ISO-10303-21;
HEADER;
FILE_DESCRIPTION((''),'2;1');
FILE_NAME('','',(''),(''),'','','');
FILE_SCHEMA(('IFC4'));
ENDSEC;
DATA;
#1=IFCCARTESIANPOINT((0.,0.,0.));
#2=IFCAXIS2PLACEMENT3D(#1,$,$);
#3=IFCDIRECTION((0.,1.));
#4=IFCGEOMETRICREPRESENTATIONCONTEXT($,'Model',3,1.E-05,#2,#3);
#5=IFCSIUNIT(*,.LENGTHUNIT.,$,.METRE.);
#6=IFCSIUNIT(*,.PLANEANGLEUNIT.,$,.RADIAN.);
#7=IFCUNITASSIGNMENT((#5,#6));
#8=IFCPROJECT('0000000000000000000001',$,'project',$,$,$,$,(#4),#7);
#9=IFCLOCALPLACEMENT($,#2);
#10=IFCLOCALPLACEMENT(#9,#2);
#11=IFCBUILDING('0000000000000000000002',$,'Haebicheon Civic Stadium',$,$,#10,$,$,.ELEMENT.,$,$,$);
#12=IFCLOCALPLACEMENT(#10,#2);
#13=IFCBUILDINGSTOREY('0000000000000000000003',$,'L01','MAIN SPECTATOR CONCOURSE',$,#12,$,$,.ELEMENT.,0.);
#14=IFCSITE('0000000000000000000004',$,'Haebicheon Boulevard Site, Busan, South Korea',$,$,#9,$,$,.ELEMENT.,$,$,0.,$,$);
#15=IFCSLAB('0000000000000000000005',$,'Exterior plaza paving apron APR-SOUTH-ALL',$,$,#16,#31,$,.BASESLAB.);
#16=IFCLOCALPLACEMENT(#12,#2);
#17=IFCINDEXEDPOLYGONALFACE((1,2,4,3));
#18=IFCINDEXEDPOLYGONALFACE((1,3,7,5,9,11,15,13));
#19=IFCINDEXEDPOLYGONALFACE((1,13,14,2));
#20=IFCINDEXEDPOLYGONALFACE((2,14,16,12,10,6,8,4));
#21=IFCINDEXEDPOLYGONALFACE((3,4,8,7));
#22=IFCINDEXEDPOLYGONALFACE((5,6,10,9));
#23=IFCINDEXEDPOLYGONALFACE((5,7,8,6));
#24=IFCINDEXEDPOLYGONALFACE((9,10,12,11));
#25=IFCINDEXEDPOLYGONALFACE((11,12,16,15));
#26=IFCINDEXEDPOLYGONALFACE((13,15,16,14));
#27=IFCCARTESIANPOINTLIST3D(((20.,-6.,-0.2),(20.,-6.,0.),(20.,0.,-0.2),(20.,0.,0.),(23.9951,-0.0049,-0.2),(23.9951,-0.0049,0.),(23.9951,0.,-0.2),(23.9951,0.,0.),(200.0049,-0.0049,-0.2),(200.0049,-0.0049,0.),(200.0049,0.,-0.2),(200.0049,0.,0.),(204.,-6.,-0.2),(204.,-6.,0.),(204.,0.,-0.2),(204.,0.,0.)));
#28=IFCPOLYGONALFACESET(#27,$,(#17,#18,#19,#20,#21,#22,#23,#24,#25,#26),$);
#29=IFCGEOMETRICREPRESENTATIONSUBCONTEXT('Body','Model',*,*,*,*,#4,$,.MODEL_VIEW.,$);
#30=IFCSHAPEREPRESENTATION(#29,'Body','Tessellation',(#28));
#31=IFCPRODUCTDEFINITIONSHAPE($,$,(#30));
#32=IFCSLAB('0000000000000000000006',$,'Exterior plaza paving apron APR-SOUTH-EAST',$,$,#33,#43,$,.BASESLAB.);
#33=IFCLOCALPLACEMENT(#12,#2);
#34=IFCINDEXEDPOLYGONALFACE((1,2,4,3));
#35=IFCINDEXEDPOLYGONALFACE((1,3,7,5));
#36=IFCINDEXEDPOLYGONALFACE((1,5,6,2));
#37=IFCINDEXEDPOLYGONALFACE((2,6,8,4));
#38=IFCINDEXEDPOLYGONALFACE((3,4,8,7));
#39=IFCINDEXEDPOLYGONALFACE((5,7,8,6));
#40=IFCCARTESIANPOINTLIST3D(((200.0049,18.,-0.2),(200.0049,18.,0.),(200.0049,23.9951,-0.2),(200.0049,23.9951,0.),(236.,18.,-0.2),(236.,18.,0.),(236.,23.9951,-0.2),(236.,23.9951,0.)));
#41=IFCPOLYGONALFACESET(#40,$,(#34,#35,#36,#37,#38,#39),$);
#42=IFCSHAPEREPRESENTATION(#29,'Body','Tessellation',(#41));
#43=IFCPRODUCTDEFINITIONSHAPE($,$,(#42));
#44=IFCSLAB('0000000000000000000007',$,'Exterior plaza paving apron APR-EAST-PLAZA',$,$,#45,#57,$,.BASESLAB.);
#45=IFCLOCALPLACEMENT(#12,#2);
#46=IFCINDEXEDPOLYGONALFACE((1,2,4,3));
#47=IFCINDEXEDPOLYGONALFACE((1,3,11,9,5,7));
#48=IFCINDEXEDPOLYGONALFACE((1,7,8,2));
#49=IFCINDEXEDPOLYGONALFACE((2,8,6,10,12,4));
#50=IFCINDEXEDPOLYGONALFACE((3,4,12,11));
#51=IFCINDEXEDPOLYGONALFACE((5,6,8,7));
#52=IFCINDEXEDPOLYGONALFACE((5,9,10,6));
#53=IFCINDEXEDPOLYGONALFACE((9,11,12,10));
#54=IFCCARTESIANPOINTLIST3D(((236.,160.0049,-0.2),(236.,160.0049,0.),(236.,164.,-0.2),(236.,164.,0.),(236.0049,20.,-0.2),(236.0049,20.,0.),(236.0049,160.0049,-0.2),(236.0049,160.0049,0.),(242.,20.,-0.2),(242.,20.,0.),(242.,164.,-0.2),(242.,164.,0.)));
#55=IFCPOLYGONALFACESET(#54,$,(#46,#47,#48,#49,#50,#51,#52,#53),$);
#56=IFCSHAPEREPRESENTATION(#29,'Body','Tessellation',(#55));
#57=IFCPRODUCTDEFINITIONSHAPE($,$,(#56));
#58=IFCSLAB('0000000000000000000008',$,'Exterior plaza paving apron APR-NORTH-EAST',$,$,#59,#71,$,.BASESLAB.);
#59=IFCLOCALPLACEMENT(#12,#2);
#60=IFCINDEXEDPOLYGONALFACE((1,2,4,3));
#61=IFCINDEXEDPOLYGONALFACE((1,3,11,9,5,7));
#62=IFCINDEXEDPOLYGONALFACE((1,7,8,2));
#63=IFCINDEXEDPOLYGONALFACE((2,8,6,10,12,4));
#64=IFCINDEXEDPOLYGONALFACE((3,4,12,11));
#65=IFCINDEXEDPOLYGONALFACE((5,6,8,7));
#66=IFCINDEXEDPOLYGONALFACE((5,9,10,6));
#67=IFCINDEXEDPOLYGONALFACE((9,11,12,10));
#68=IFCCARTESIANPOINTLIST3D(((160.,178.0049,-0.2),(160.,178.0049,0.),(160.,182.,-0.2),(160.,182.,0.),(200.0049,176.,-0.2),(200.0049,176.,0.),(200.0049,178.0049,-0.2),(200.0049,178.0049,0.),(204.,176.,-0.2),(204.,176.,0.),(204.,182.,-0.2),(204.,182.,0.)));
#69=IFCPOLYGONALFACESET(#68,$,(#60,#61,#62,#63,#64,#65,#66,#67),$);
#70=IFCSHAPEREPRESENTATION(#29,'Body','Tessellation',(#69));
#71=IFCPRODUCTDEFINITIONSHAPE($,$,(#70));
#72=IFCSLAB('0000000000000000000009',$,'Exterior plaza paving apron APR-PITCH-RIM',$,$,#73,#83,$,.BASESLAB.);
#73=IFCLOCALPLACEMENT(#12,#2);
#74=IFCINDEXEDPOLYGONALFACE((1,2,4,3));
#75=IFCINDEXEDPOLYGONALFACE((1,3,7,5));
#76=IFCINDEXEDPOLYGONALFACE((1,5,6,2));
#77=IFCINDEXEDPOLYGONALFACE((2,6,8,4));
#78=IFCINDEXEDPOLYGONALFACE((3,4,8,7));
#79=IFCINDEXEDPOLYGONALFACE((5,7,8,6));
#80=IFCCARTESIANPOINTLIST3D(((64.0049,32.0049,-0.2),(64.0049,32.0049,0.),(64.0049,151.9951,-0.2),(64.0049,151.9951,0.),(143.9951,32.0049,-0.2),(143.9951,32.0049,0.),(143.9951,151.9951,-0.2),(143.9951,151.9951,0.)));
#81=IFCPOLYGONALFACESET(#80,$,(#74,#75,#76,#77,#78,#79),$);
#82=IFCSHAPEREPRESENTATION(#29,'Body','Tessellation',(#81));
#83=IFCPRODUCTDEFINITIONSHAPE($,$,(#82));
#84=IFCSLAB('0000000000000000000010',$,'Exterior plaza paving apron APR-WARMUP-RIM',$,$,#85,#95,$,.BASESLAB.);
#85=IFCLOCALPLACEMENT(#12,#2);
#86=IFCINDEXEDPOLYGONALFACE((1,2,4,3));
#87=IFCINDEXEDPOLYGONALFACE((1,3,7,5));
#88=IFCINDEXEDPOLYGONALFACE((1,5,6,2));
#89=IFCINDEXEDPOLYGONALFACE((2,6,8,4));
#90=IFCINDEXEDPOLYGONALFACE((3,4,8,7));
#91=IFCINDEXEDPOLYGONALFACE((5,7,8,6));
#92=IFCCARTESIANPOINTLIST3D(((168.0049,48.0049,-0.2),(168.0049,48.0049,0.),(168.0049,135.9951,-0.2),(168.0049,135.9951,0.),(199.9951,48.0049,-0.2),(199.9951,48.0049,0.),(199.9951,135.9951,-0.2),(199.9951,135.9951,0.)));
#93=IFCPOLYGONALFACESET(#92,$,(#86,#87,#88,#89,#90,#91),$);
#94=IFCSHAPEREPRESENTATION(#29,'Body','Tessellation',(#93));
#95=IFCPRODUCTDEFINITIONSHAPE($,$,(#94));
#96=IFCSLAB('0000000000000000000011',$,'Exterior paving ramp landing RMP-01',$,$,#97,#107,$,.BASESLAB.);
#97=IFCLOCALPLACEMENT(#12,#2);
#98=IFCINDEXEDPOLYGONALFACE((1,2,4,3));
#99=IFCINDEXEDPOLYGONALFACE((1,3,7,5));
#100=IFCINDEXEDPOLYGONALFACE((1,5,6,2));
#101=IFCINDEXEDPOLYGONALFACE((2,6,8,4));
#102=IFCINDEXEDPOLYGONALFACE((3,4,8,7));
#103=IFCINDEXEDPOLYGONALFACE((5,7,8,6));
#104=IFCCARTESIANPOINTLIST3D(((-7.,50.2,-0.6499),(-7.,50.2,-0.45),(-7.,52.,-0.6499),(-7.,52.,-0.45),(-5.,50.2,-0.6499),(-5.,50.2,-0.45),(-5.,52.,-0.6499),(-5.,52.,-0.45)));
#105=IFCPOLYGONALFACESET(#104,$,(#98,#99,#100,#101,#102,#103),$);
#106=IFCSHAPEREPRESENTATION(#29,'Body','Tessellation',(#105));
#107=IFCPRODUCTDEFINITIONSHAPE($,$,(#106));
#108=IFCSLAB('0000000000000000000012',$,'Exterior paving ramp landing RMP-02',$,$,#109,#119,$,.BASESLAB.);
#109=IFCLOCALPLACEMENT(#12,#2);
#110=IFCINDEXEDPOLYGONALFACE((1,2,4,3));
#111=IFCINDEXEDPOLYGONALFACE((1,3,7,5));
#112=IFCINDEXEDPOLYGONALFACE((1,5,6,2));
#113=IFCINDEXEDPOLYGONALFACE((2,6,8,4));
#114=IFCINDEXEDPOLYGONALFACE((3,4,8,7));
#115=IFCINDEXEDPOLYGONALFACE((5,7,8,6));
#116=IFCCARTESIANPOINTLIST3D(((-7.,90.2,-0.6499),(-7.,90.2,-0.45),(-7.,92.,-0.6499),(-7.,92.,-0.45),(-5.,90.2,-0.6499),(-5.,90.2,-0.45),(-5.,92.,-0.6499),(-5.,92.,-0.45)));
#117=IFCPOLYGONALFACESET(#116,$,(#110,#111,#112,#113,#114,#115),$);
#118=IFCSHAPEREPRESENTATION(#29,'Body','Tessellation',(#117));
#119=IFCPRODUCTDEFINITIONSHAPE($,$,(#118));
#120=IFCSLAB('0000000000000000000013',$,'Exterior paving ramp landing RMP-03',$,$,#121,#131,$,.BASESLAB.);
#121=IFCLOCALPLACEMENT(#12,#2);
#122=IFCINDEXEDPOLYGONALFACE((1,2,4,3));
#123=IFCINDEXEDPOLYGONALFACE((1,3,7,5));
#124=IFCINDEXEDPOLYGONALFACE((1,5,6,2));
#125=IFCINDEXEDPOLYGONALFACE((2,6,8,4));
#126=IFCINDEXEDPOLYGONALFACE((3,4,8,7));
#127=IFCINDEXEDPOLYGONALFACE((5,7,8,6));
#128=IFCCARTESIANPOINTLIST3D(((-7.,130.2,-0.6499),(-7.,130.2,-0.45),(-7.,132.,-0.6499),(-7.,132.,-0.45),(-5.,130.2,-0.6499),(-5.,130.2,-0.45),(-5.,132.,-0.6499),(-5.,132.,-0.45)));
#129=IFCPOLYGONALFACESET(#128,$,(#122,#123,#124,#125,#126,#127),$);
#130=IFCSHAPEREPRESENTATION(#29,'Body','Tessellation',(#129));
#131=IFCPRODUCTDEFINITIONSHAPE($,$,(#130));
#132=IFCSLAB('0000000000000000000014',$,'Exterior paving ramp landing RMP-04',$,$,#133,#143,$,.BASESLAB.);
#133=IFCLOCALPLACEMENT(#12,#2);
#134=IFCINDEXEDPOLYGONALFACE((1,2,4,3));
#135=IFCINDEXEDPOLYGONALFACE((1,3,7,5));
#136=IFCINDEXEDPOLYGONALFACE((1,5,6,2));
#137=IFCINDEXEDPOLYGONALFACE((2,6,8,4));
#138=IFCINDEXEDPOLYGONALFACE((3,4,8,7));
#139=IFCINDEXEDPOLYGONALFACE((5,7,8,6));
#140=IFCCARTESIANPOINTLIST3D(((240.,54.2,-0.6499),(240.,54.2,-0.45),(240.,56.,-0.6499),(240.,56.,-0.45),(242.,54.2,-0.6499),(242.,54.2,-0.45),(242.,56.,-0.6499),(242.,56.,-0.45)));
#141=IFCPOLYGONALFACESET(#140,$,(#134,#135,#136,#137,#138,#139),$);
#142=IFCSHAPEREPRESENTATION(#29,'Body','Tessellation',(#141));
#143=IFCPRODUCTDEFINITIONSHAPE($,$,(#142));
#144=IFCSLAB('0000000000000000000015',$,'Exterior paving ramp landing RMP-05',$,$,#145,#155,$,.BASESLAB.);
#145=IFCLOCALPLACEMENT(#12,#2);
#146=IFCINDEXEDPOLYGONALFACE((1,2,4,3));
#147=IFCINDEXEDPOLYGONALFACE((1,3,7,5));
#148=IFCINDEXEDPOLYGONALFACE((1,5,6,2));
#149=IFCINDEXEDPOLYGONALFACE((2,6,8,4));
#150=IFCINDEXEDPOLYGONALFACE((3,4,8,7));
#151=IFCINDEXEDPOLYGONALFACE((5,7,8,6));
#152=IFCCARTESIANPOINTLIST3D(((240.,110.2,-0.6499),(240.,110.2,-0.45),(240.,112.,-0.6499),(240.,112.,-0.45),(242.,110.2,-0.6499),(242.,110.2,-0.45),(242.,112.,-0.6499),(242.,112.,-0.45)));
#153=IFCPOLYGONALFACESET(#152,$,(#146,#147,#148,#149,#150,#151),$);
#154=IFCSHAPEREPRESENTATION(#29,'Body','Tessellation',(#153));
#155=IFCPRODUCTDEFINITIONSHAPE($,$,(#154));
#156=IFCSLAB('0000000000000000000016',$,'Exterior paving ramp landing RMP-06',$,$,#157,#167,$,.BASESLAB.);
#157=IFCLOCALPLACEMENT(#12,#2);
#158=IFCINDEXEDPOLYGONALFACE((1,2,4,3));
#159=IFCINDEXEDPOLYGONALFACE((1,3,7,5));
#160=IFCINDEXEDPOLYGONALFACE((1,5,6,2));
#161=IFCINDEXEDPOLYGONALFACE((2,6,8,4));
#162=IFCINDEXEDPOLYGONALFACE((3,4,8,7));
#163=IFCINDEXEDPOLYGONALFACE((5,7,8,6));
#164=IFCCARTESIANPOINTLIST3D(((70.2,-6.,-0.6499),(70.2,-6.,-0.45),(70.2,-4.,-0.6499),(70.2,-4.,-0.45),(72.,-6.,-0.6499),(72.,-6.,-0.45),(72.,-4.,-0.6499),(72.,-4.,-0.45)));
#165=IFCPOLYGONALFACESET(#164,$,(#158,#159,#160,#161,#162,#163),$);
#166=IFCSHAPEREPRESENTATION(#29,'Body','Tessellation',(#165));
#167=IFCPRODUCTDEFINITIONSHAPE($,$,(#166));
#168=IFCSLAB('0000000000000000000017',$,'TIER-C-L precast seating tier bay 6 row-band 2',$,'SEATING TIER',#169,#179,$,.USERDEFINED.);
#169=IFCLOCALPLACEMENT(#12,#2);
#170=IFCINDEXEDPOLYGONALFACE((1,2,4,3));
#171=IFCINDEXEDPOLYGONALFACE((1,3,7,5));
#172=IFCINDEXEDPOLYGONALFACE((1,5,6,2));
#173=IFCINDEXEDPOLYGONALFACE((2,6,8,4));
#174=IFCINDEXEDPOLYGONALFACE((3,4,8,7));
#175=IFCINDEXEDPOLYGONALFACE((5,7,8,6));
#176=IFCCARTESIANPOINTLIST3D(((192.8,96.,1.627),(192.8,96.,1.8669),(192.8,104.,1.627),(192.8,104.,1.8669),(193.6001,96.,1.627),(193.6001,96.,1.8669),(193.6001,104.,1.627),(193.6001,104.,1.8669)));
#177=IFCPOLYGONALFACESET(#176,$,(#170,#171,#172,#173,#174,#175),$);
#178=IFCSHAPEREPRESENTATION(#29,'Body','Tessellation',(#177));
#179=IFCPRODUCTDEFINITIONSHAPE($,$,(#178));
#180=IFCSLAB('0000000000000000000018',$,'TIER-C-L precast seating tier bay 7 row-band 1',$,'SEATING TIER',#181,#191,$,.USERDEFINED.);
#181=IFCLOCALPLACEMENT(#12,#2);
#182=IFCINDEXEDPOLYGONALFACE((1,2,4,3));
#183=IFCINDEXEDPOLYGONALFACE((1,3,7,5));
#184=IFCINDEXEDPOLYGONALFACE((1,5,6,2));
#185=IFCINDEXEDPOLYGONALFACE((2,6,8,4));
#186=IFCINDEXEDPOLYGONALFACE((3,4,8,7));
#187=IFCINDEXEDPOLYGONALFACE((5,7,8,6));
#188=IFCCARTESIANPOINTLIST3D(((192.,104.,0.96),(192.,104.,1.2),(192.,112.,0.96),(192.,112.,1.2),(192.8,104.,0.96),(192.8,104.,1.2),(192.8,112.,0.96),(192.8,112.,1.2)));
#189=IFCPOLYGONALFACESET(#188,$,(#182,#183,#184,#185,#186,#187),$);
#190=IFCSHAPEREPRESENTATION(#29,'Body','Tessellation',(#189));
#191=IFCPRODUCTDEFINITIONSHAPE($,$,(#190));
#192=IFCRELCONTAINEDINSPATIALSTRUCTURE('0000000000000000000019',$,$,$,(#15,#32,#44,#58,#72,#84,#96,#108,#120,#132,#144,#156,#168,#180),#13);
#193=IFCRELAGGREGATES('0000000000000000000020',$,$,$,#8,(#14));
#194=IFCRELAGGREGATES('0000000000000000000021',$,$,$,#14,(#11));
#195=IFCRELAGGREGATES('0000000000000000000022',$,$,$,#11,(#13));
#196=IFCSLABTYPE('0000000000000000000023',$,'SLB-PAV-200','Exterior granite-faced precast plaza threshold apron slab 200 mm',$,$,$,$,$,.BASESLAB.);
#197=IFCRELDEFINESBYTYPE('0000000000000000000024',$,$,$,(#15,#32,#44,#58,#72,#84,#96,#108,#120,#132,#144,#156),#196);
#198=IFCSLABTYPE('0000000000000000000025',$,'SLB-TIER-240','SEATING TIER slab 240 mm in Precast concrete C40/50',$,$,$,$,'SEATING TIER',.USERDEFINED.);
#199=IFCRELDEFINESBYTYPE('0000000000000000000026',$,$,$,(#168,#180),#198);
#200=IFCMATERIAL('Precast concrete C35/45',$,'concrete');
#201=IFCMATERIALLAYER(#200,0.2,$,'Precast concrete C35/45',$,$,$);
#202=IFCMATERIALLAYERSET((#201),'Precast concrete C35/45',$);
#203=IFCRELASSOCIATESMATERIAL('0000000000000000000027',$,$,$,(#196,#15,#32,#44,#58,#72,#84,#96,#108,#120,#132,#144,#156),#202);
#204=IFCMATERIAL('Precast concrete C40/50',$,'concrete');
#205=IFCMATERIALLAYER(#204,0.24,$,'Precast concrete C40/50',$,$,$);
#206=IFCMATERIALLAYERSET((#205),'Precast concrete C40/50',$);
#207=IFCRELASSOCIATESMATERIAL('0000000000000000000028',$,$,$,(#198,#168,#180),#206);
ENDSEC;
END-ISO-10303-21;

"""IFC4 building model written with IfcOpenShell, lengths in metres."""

from ifc_helpers import new_model, si_unit, direction, frame, origin, place, context, subcontext, project, spatial, polyline, outline, extrude, material, layer, layer_set, type_object, element, save


model = new_model("IFC4")

# Units and contexts
model_context = context("Model", 3, precision=1e-05, world=origin(), true_north=direction((0.0, 1.0)))
body_context = subcontext(model_context, "Body", "Model", "MODEL_VIEW")
ifc_project = project(units=[si_unit("LENGTHUNIT", "METRE"), si_unit("PLANEANGLEUNIT", "RADIAN")], contexts=[model_context])

# Site, building, storey
site_placement = place(None, origin())
site = spatial("IfcSite", under=ifc_project, at=site_placement, Name="Haebicheon Boulevard Site, Busan, South Korea", CompositionType="ELEMENT", RefElevation=0.0)
building_placement = place(site_placement, origin())
building = spatial("IfcBuilding", under=site, at=building_placement, Name="Haebicheon Civic Stadium", CompositionType="ELEMENT")
storey_placement = place(building_placement, origin())
storey = spatial("IfcBuildingStorey", under=building, at=storey_placement, Name="L01", Description="MAIN SPECTATOR CONCOURSE", CompositionType="ELEMENT", Elevation=0.0)

# Slabs
ifc_material_1 = material(Name="Precast concrete C35/45", Category="concrete")
ifc_layer_1 = layer(ifc_material_1, 0.2, Name="Precast concrete C35/45")
ifc_layer_set_1 = layer_set([ifc_layer_1], Name="Precast concrete C35/45")
slab_type_1 = type_object("IfcSlabType", Name="SLB-PAV-200", Description="Exterior granite-faced precast plaza threshold apron slab 200 mm", PredefinedType="BASESLAB", material=ifc_layer_set_1)
slab_1_placement = place(storey_placement, frame((0.0, 0.0, -0.2)))
element("IfcSlab", 1, at=slab_1_placement, inside=storey, type_object=slab_type_1, material=ifc_layer_set_1, Name="Exterior plaza paving apron APR-SOUTH-ALL", PredefinedType="BASESLAB", context=body_context, shape_type="SweptSolid", body=[
    extrude(outline(polyline([(204.0, 0.0), (204.0, -6.0), (20.0, -6.0), (20.0, 0.0), (23.9951, 0.0), (23.9951, -0.0049), (200.0049, -0.0049), (200.0049, 0.0), (204.0, 0.0)])), origin(), (0.0, 0.0, 1.0), 0.2),
])
slab_2_placement = place(storey_placement, frame((0.0, 0.0, -0.2)))
element("IfcSlab", 2, at=slab_2_placement, inside=storey, type_object=slab_type_1, material=ifc_layer_set_1, Name="Exterior plaza paving apron APR-SOUTH-EAST", PredefinedType="BASESLAB", context=body_context, shape_type="SweptSolid", body=[
    extrude(outline(polyline([(236.0, 18.0), (200.0049, 18.0), (200.0049, 23.9951), (236.0, 23.9951), (236.0, 18.0)])), origin(), (0.0, 0.0, 1.0), 0.2),
])
slab_3_placement = place(storey_placement, frame((0.0, 0.0, -0.2)))
element("IfcSlab", 3, at=slab_3_placement, inside=storey, type_object=slab_type_1, material=ifc_layer_set_1, Name="Exterior plaza paving apron APR-EAST-PLAZA", PredefinedType="BASESLAB", context=body_context, shape_type="SweptSolid", body=[
    extrude(outline(polyline([(236.0, 164.0), (242.0, 164.0), (242.0, 20.0), (236.0049, 20.0), (236.0049, 160.0049), (236.0, 160.0049), (236.0, 164.0)])), origin(), (0.0, 0.0, 1.0), 0.2),
])
slab_4_placement = place(storey_placement, frame((0.0, 0.0, -0.2)))
element("IfcSlab", 4, at=slab_4_placement, inside=storey, type_object=slab_type_1, material=ifc_layer_set_1, Name="Exterior plaza paving apron APR-NORTH-EAST", PredefinedType="BASESLAB", context=body_context, shape_type="SweptSolid", body=[
    extrude(outline(polyline([(160.0, 182.0), (204.0, 182.0), (204.0, 176.0), (200.0049, 176.0), (200.0049, 178.0049), (160.0, 178.0049), (160.0, 182.0)])), origin(), (0.0, 0.0, 1.0), 0.2),
])
slab_5_placement = place(storey_placement, frame((0.0, 0.0, -0.2)))
element("IfcSlab", 5, at=slab_5_placement, inside=storey, type_object=slab_type_1, material=ifc_layer_set_1, Name="Exterior plaza paving apron APR-PITCH-RIM", PredefinedType="BASESLAB", context=body_context, shape_type="SweptSolid", body=[
    extrude(outline(polyline([(143.9951, 151.9951), (143.9951, 32.0049), (64.0049, 32.0049), (64.0049, 151.9951), (143.9951, 151.9951)])), origin(), (0.0, 0.0, 1.0), 0.2),
])
slab_6_placement = place(storey_placement, frame((0.0, 0.0, -0.2)))
element("IfcSlab", 6, at=slab_6_placement, inside=storey, type_object=slab_type_1, material=ifc_layer_set_1, Name="Exterior plaza paving apron APR-WARMUP-RIM", PredefinedType="BASESLAB", context=body_context, shape_type="SweptSolid", body=[
    extrude(outline(polyline([(168.0049, 135.9951), (199.9951, 135.9951), (199.9951, 48.0049), (168.0049, 48.0049), (168.0049, 135.9951)])), origin(), (0.0, 0.0, 1.0), 0.2),
])
slab_7_placement = place(storey_placement, frame((0.0, 0.0, -0.6499)))
element("IfcSlab", 7, at=slab_7_placement, inside=storey, type_object=slab_type_1, material=ifc_layer_set_1, Name="Exterior paving ramp landing RMP-01", PredefinedType="BASESLAB", context=body_context, shape_type="SweptSolid", body=[
    extrude(outline(polyline([(-7.0, 50.2), (-5.0, 50.2), (-5.0, 52.0), (-7.0, 52.0), (-7.0, 50.2)])), origin(), (0.0, 0.0, 1.0), 0.2),
])
slab_8_placement = place(storey_placement, frame((0.0, 0.0, -0.6499)))
element("IfcSlab", 8, at=slab_8_placement, inside=storey, type_object=slab_type_1, material=ifc_layer_set_1, Name="Exterior paving ramp landing RMP-02", PredefinedType="BASESLAB", context=body_context, shape_type="SweptSolid", body=[
    extrude(outline(polyline([(-7.0, 90.2), (-5.0, 90.2), (-5.0, 92.0), (-7.0, 92.0), (-7.0, 90.2)])), origin(), (0.0, 0.0, 1.0), 0.2),
])
slab_9_placement = place(storey_placement, frame((0.0, 0.0, -0.6499)))
element("IfcSlab", 9, at=slab_9_placement, inside=storey, type_object=slab_type_1, material=ifc_layer_set_1, Name="Exterior paving ramp landing RMP-03", PredefinedType="BASESLAB", context=body_context, shape_type="SweptSolid", body=[
    extrude(outline(polyline([(-7.0, 130.2), (-5.0, 130.2), (-5.0, 132.0), (-7.0, 132.0), (-7.0, 130.2)])), origin(), (0.0, 0.0, 1.0), 0.2),
])
slab_10_placement = place(storey_placement, frame((0.0, 0.0, -0.6499)))
element("IfcSlab", 10, at=slab_10_placement, inside=storey, type_object=slab_type_1, material=ifc_layer_set_1, Name="Exterior paving ramp landing RMP-04", PredefinedType="BASESLAB", context=body_context, shape_type="SweptSolid", body=[
    extrude(outline(polyline([(240.0, 54.2), (242.0, 54.2), (242.0, 56.0), (240.0, 56.0), (240.0, 54.2)])), origin(), (0.0, 0.0, 1.0), 0.2),
])
slab_11_placement = place(storey_placement, frame((0.0, 0.0, -0.6499)))
element("IfcSlab", 11, at=slab_11_placement, inside=storey, type_object=slab_type_1, material=ifc_layer_set_1, Name="Exterior paving ramp landing RMP-05", PredefinedType="BASESLAB", context=body_context, shape_type="SweptSolid", body=[
    extrude(outline(polyline([(240.0, 110.2), (242.0, 110.2), (242.0, 112.0), (240.0, 112.0), (240.0, 110.2)])), origin(), (0.0, 0.0, 1.0), 0.2),
])
slab_12_placement = place(storey_placement, frame((0.0, 0.0, -0.6499)))
element("IfcSlab", 12, at=slab_12_placement, inside=storey, type_object=slab_type_1, material=ifc_layer_set_1, Name="Exterior paving ramp landing RMP-06", PredefinedType="BASESLAB", context=body_context, shape_type="SweptSolid", body=[
    extrude(outline(polyline([(70.2, -6.0), (72.0, -6.0), (72.0, -4.0), (70.2, -4.0), (70.2, -6.0)])), origin(), (0.0, 0.0, 1.0), 0.2),
])
ifc_material_2 = material(Name="Precast concrete C40/50", Category="concrete")
ifc_layer_2 = layer(ifc_material_2, 0.24, Name="Precast concrete C40/50")
ifc_layer_set_2 = layer_set([ifc_layer_2], Name="Precast concrete C40/50")
slab_type_2 = type_object("IfcSlabType", Name="SLB-TIER-240", Description="SEATING TIER slab 240 mm in Precast concrete C40/50", ElementType="SEATING TIER", PredefinedType="USERDEFINED", material=ifc_layer_set_2)
slab_13_placement = place(storey_placement, frame((0.0, 0.0, 1.627)))
element("IfcSlab", 13, at=slab_13_placement, inside=storey, type_object=slab_type_2, material=ifc_layer_set_2, Name="TIER-C-L precast seating tier bay 6 row-band 2", ObjectType="SEATING TIER", PredefinedType="USERDEFINED", context=body_context, shape_type="SweptSolid", body=[
    extrude(outline(polyline([(192.8, 96.0), (193.6001, 96.0), (193.6001, 104.0), (192.8, 104.0), (192.8, 96.0)])), origin(), (0.0, 0.0, 1.0), 0.24),
])
slab_14_placement = place(storey_placement, frame((0.0, 0.0, 0.96)))
element("IfcSlab", 14, at=slab_14_placement, inside=storey, type_object=slab_type_2, material=ifc_layer_set_2, Name="TIER-C-L precast seating tier bay 7 row-band 1", ObjectType="SEATING TIER", PredefinedType="USERDEFINED", context=body_context, shape_type="SweptSolid", body=[
    extrude(outline(polyline([(192.0, 104.0), (192.8, 104.0), (192.8, 112.0), (192.0, 112.0), (192.0, 104.0)])), origin(), (0.0, 0.0, 1.0), 0.24),
])

save(model, "model.ifc")
